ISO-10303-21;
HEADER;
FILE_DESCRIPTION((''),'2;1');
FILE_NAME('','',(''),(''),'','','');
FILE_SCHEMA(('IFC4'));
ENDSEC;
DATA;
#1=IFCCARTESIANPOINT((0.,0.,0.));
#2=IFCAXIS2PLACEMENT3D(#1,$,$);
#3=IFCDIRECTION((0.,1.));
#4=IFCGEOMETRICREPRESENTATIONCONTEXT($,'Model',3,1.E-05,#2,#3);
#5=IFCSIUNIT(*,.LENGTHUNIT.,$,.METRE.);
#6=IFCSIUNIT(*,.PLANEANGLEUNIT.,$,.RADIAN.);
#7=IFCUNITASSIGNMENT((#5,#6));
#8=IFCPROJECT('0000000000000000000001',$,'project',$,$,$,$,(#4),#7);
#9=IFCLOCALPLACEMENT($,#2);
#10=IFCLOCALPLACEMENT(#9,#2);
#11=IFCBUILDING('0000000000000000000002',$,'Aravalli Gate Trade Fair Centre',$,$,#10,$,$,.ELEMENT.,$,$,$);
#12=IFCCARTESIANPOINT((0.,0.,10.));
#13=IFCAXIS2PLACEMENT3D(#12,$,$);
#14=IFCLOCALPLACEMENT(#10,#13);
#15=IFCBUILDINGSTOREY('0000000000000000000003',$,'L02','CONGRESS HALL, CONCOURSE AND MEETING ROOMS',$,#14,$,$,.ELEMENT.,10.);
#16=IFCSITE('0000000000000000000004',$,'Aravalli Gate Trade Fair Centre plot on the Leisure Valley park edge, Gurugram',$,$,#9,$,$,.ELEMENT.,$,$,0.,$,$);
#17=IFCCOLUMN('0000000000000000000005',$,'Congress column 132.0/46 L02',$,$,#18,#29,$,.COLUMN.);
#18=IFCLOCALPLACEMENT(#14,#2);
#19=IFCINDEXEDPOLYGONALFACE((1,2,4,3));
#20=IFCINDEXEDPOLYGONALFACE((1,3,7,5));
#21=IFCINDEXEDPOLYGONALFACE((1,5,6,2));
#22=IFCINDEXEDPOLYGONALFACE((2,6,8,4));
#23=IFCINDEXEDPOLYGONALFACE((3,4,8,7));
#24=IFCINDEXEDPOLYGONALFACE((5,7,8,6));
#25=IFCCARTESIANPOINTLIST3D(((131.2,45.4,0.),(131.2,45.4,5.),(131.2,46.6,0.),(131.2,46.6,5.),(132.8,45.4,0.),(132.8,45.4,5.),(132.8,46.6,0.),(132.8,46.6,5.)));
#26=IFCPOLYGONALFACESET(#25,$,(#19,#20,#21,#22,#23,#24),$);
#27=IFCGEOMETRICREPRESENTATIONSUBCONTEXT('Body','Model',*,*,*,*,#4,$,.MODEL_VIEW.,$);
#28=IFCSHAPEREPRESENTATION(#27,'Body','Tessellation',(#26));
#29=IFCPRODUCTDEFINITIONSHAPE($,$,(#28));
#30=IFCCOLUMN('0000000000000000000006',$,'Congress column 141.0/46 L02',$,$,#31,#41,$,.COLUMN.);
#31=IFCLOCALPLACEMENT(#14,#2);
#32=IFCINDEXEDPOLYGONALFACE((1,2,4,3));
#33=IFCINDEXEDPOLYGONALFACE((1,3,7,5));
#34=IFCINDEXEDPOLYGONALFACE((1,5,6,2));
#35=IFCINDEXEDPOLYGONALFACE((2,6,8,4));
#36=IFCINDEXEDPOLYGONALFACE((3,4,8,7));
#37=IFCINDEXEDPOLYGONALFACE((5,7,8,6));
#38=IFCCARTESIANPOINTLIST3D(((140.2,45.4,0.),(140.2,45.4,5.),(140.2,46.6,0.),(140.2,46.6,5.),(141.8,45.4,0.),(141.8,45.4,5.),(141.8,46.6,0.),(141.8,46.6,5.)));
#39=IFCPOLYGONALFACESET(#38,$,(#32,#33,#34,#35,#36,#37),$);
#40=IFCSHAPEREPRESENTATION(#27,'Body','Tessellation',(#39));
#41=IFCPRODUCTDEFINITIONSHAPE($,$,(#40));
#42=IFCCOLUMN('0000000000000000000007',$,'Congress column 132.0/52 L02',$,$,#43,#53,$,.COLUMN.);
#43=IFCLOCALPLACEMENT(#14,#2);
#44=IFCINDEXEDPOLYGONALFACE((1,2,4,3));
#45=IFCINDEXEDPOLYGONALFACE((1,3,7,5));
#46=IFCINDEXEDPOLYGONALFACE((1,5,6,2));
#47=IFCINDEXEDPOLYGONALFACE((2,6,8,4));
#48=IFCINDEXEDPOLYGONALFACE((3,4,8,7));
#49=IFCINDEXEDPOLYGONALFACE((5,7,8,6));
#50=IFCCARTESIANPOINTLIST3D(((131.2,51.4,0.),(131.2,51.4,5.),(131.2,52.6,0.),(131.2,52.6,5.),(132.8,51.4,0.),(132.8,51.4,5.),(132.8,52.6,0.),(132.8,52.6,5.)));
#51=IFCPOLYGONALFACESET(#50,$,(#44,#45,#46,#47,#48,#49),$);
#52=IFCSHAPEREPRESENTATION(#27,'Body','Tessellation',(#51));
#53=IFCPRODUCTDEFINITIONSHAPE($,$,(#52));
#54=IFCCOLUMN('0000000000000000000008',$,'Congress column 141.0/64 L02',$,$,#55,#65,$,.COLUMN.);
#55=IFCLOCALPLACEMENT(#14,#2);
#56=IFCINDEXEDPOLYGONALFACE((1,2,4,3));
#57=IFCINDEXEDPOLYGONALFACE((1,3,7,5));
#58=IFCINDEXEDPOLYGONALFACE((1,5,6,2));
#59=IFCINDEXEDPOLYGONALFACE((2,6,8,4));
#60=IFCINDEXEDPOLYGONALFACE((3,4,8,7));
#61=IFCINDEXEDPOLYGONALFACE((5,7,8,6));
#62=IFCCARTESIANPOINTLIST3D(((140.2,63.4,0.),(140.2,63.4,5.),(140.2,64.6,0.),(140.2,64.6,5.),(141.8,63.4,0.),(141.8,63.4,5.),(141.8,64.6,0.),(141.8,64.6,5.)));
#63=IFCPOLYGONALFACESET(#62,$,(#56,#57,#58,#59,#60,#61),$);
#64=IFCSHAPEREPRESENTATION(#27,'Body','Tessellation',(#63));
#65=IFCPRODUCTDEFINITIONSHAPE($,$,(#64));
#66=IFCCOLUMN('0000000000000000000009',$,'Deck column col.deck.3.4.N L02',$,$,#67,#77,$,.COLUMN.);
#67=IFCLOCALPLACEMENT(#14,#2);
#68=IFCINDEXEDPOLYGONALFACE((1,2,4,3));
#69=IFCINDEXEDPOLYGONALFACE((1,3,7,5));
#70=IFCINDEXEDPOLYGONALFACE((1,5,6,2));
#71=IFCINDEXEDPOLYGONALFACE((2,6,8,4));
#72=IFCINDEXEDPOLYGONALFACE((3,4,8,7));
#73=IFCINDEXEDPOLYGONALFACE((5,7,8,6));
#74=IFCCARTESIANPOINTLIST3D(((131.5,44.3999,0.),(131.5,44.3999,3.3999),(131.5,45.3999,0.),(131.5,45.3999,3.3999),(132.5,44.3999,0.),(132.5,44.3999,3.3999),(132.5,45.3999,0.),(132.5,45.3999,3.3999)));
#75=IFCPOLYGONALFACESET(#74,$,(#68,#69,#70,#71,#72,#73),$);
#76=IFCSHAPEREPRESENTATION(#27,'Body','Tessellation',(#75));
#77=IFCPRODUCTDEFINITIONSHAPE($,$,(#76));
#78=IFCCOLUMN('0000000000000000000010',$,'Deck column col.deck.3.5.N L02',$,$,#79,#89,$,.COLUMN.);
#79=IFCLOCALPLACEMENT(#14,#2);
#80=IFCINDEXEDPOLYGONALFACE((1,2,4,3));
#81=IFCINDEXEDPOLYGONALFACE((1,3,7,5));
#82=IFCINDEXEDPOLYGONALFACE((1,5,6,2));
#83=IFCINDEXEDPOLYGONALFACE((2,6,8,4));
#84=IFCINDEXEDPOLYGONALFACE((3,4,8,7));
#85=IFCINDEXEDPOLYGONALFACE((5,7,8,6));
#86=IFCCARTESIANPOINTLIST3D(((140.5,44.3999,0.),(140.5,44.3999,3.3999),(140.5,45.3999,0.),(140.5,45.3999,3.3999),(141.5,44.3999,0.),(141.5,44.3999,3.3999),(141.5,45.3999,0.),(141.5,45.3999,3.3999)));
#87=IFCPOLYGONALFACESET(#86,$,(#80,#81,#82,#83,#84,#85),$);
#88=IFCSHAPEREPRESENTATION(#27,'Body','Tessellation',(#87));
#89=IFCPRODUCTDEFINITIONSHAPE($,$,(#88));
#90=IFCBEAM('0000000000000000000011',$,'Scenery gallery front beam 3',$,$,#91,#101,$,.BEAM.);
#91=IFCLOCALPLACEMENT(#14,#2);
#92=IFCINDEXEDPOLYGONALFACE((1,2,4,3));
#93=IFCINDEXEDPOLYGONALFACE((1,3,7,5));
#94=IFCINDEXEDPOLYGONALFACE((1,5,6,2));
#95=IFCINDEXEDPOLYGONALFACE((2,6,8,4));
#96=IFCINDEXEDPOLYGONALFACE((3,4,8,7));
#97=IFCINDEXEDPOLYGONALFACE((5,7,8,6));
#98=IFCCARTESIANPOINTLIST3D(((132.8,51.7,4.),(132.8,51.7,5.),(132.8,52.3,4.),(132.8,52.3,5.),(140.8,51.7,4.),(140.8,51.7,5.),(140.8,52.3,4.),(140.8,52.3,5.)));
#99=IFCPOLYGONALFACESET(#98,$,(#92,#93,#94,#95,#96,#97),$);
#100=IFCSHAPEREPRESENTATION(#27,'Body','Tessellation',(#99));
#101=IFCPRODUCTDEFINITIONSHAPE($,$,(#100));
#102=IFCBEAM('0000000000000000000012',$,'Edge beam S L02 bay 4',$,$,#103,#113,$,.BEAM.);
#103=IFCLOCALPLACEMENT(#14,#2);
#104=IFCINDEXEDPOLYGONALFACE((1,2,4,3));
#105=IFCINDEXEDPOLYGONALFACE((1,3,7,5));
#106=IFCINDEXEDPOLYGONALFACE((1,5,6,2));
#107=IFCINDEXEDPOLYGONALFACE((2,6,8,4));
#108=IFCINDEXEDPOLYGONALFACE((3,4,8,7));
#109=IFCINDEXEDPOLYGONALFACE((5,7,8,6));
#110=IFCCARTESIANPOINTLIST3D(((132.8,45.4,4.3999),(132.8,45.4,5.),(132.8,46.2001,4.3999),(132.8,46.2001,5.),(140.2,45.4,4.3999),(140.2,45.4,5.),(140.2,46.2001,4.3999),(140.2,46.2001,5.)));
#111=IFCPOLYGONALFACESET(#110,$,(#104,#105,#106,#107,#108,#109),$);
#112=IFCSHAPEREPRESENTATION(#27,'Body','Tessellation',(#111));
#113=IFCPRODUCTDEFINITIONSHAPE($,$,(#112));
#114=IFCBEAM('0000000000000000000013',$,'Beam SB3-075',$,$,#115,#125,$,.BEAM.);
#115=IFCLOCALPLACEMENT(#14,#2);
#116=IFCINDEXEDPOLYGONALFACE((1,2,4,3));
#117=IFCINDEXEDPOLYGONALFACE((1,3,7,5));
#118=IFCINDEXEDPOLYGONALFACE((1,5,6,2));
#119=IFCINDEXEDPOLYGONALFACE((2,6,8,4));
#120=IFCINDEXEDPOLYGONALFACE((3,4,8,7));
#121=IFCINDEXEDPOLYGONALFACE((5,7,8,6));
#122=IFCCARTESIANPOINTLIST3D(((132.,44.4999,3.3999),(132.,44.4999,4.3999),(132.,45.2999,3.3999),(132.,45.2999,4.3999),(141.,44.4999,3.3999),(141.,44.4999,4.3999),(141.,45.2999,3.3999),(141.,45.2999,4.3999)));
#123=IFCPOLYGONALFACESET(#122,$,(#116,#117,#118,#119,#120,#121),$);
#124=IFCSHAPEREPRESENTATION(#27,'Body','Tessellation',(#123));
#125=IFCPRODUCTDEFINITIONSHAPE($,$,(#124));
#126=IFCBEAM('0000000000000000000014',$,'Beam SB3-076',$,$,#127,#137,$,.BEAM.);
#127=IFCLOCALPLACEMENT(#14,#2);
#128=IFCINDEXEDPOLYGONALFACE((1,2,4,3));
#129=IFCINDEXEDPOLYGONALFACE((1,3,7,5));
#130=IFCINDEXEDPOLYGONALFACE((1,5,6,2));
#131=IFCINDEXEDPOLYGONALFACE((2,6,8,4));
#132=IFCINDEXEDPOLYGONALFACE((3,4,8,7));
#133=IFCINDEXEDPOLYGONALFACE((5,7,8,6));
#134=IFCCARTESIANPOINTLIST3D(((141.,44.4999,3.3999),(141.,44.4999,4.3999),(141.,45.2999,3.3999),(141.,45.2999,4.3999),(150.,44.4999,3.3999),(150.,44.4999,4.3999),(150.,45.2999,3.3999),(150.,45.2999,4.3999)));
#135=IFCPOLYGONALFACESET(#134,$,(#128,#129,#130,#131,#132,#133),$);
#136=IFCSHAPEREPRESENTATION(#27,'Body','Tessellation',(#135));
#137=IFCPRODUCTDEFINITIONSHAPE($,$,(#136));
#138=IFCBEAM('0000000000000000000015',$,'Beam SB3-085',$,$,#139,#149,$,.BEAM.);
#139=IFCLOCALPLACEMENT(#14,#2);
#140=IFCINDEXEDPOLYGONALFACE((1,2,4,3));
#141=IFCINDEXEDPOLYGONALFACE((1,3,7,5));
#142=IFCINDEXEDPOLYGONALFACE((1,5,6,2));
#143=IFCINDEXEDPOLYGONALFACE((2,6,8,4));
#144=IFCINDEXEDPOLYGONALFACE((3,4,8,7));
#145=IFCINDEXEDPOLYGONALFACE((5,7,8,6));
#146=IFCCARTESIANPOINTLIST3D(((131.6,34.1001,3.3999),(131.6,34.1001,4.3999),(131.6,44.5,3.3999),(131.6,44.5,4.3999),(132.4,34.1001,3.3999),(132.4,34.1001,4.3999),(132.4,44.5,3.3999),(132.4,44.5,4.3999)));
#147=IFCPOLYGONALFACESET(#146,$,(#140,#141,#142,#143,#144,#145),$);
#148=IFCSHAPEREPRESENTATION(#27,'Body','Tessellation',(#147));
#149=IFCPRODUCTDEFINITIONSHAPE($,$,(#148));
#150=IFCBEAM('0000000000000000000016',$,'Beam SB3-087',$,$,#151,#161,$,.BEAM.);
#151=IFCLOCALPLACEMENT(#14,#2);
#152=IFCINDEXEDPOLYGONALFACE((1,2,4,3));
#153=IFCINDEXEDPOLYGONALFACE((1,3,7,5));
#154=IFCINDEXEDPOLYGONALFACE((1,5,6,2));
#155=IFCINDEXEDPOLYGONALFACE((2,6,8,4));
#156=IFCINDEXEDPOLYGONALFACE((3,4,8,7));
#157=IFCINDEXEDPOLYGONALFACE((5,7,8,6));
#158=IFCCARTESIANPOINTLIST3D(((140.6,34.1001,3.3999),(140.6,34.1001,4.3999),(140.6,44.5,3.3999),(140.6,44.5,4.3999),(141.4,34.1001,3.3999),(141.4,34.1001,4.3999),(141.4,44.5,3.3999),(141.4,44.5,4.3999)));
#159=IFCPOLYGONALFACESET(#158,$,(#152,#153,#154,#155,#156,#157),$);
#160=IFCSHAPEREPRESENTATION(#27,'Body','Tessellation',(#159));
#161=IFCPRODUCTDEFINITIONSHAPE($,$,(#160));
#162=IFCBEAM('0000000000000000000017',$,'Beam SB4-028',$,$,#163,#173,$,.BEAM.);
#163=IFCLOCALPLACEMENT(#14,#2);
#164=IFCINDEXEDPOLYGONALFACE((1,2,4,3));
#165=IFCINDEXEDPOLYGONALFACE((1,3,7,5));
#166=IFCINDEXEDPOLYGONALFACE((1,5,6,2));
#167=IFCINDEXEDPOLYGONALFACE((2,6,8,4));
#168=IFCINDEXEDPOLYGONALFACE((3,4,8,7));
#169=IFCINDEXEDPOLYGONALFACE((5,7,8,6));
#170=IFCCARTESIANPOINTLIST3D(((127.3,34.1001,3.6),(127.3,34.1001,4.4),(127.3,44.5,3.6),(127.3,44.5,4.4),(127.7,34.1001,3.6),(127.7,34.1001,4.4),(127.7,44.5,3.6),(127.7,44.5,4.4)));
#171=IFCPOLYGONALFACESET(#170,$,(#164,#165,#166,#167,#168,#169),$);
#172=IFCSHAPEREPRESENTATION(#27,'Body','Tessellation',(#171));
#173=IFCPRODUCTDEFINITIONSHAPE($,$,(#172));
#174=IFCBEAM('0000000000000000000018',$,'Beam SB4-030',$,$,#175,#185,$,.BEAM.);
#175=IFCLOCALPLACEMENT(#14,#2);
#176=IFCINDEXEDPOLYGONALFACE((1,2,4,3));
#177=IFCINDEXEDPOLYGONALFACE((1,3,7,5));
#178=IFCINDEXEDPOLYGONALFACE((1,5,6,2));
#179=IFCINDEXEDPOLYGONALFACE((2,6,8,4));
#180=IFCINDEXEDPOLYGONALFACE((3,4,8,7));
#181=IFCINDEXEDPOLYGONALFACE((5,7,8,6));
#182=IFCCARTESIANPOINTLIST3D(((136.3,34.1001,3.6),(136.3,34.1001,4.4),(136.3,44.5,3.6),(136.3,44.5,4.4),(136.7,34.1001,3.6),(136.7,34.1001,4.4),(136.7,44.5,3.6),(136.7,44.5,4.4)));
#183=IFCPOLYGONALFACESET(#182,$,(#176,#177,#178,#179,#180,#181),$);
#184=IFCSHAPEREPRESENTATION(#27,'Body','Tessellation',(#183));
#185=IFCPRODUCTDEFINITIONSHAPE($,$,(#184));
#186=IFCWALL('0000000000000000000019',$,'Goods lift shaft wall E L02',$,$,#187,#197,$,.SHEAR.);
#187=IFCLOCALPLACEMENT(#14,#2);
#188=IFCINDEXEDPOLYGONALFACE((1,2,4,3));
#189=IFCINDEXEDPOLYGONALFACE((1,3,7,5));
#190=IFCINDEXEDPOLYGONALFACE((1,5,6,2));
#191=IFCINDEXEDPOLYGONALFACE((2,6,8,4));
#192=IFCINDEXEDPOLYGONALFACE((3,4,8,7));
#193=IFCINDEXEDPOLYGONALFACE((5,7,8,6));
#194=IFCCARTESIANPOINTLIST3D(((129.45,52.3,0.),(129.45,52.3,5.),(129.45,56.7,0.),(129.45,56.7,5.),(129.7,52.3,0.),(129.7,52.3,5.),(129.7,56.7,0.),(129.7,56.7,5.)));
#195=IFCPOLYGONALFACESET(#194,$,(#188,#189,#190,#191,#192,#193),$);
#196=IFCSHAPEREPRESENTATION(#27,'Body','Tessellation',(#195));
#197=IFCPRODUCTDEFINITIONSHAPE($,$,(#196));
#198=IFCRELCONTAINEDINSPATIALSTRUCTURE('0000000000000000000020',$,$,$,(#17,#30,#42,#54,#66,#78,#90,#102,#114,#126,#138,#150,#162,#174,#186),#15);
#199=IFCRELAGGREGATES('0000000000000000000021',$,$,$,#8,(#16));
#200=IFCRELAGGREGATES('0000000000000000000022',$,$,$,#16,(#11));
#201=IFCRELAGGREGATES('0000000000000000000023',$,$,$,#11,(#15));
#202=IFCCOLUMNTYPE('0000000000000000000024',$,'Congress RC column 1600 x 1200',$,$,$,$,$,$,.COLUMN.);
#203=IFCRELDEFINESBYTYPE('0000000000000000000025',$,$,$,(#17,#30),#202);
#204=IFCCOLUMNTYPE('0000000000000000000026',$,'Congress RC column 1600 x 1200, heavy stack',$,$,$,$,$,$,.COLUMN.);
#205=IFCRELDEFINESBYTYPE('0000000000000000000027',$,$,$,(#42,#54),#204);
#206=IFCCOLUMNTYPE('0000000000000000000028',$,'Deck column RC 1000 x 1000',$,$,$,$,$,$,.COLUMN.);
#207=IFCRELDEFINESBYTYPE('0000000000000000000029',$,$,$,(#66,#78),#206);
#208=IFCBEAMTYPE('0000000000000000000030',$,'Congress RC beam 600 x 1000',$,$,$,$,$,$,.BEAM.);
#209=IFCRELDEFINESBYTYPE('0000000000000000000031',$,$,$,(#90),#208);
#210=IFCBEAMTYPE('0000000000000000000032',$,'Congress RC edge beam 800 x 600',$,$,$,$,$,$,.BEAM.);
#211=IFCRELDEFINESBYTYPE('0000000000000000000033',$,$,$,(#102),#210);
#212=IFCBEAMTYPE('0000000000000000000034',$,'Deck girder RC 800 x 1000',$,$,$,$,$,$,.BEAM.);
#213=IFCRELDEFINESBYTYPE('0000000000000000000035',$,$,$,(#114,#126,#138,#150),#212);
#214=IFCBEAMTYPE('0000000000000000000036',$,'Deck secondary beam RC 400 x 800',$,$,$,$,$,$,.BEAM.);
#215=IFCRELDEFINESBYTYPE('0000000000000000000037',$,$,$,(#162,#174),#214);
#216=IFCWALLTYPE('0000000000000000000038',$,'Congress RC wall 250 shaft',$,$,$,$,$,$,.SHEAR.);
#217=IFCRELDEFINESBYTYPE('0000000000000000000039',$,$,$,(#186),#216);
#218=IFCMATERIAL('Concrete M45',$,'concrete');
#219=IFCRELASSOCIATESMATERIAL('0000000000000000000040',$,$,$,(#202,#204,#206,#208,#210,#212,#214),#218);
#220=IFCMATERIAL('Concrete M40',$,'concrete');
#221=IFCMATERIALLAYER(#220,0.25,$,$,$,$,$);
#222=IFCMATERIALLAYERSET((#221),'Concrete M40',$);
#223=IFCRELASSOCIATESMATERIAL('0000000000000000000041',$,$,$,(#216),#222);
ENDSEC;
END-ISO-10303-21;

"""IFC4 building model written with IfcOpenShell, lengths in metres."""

from ifc_helpers import new_model, si_unit, direction, frame, frame_2d, origin, origin_2d, place, context, subcontext, project, spatial, rectangle, extrude, material, layer, layer_set, material_profile, profile_set, type_object, element, save


model = new_model("IFC4")

# Units and contexts
model_context = context("Model", 3, precision=1e-05, world=origin(), true_north=direction((0.0, 1.0)))
body_context = subcontext(model_context, "Body", "Model", "MODEL_VIEW")
ifc_project = project(units=[si_unit("LENGTHUNIT", "METRE"), si_unit("PLANEANGLEUNIT", "RADIAN")], contexts=[model_context])

# Site, building, storey
site_placement = place(None, origin())
site = spatial("IfcSite", under=ifc_project, at=site_placement, Name="Aravalli Gate Trade Fair Centre plot on the Leisure Valley park edge, Gurugram", CompositionType="ELEMENT", RefElevation=0.0)
building_placement = place(site_placement, origin())
building = spatial("IfcBuilding", under=site, at=building_placement, Name="Aravalli Gate Trade Fair Centre", CompositionType="ELEMENT")
storey_placement = place(building_placement, frame((0.0, 0.0, 10.0)))
storey = spatial("IfcBuildingStorey", under=building, at=storey_placement, Name="L02", Description="CONGRESS HALL, CONCOURSE AND MEETING ROOMS", CompositionType="ELEMENT", Elevation=10.0)

# Columns
ifc_material_1 = material(Name="Concrete M45", Category="concrete")
ifc_material_profile_1 = material_profile(ifc_material_1, rectangle(XDim=1.6001, YDim=1.2, at=origin_2d()), Name="RC 1600x1200")
ifc_profile_set_1 = profile_set([ifc_material_profile_1], Name="Concrete M45")
column_type_1 = type_object("IfcColumnType", Name="Congress RC column 1600 x 1200", PredefinedType="COLUMN", material=ifc_profile_set_1)
for number, where, z_axis, x_axis, name in (
    (1, (132.0, 46.0, 0.0), (0.0, 0.0, 1.0), (1.0, 0.0, 0.0), "Congress column 132.0/46 L02"),
    (2, (141.0, 46.0, 0.0), (0.0, 0.0, 1.0), (1.0, 0.0, 0.0), "Congress column 141.0/46 L02"),
):
    element("IfcColumn", number, at=place(storey_placement, frame(where, z_axis=z_axis, x_axis=x_axis)), inside=storey, type_object=column_type_1, Name=name, PredefinedType="COLUMN", context=body_context, shape_type="SweptSolid", body=[
        extrude(rectangle(XDim=1.6001, YDim=1.2, at=origin_2d()), origin(), (0.0, 0.0, 1.0), 5.0),
    ])
ifc_material_profile_2 = material_profile(ifc_material_1, rectangle(XDim=1.6001, YDim=1.2, at=origin_2d()), Name="RC 1600x1200")
ifc_profile_set_2 = profile_set([ifc_material_profile_2], Name="Concrete M45")
column_type_2 = type_object("IfcColumnType", Name="Congress RC column 1600 x 1200, heavy stack", PredefinedType="COLUMN", material=ifc_profile_set_2)
for number, where, z_axis, x_axis, name in (
    (3, (132.0, 52.0, 0.0), (0.0, 0.0, 1.0), (1.0, 0.0, 0.0), "Congress column 132.0/52 L02"),
    (4, (141.0, 64.0, 0.0), (0.0, 0.0, 1.0), (1.0, 0.0, 0.0), "Congress column 141.0/64 L02"),
):
    element("IfcColumn", number, at=place(storey_placement, frame(where, z_axis=z_axis, x_axis=x_axis)), inside=storey, type_object=column_type_2, Name=name, PredefinedType="COLUMN", context=body_context, shape_type="SweptSolid", body=[
        extrude(rectangle(XDim=1.6001, YDim=1.2, at=origin_2d()), origin(), (0.0, 0.0, 1.0), 5.0),
    ])
ifc_material_profile_3 = material_profile(ifc_material_1, rectangle(XDim=1.0, YDim=1.0, at=origin_2d()), Name="Deck column RC 1000 x 1000")
ifc_profile_set_3 = profile_set([ifc_material_profile_3], Name="Concrete M45")
column_type_3 = type_object("IfcColumnType", Name="Deck column RC 1000 x 1000", PredefinedType="COLUMN", material=ifc_profile_set_3)
for number, where, z_axis, x_axis, name in (
    (5, (132.0, 44.8999, 0.0), (0.0, 0.0, 1.0), (1.0, 0.0, 0.0), "Deck column col.deck.3.4.N L02"),
    (6, (141.0, 44.8999, 0.0), (0.0, 0.0, 1.0), (1.0, 0.0, 0.0), "Deck column col.deck.3.5.N L02"),
):
    element("IfcColumn", number, at=place(storey_placement, frame(where, z_axis=z_axis, x_axis=x_axis)), inside=storey, type_object=column_type_3, Name=name, PredefinedType="COLUMN", context=body_context, shape_type="SweptSolid", body=[
        extrude(rectangle(XDim=1.0, YDim=1.0, at=origin_2d()), origin(), (0.0, 0.0, 1.0), 3.3999),
    ])

# Beams
ifc_material_profile_4 = material_profile(ifc_material_1, rectangle(XDim=0.6001, YDim=1.0, at=origin_2d()), Name="RC 600x1000")
ifc_profile_set_4 = profile_set([ifc_material_profile_4], Name="Concrete M45")
beam_type_1 = type_object("IfcBeamType", Name="Congress RC beam 600 x 1000", PredefinedType="BEAM", material=ifc_profile_set_4)
beam_1_placement = place(storey_placement, frame((132.8, 52.0, 4.5), z_axis=(1.0, 0.0, 0.0), x_axis=(0.0, 1.0, 0.0)))
element("IfcBeam", 7, at=beam_1_placement, inside=storey, type_object=beam_type_1, Name="Scenery gallery front beam 3", PredefinedType="BEAM", context=body_context, shape_type="SweptSolid", body=[
    extrude(rectangle(XDim=0.6001, YDim=1.0, at=origin_2d()), origin(), (0.0, 0.0, 1.0), 8.0),
])
ifc_material_profile_5 = material_profile(ifc_material_1, rectangle(XDim=0.8, YDim=0.6001, at=origin_2d()), Name="RC 800x600")
ifc_profile_set_5 = profile_set([ifc_material_profile_5], Name="Concrete M45")
beam_type_2 = type_object("IfcBeamType", Name="Congress RC edge beam 800 x 600", PredefinedType="BEAM", material=ifc_profile_set_5)
beam_2_placement = place(storey_placement, frame((132.8, 45.8, 4.7), z_axis=(1.0, 0.0, 0.0), x_axis=(0.0, 1.0, 0.0)))
element("IfcBeam", 8, at=beam_2_placement, inside=storey, type_object=beam_type_2, Name="Edge beam S L02 bay 4", PredefinedType="BEAM", context=body_context, shape_type="SweptSolid", body=[
    extrude(rectangle(XDim=0.8, YDim=0.6001, at=origin_2d()), origin(), (0.0, 0.0, 1.0), 7.3999),
])
ifc_material_profile_6 = material_profile(ifc_material_1, rectangle(XDim=0.8, YDim=1.0, at=origin_2d()), Name="Deck girder RC 800 x 1000")
ifc_profile_set_6 = profile_set([ifc_material_profile_6], Name="Concrete M45")
beam_type_3 = type_object("IfcBeamType", Name="Deck girder RC 800 x 1000", PredefinedType="BEAM", material=ifc_profile_set_6)
for number, where, z_axis, x_axis, name in (
    (9, (132.0, 44.8999, 3.8999), (1.0, 0.0, 0.0), (0.0, 1.0, 0.0), "Beam SB3-075"),
    (10, (141.0, 44.8999, 3.8999), (1.0, 0.0, 0.0), (0.0, 1.0, 0.0), "Beam SB3-076"),
):
    element("IfcBeam", number, at=place(storey_placement, frame(where, z_axis=z_axis, x_axis=x_axis)), inside=storey, type_object=beam_type_3, Name=name, PredefinedType="BEAM", context=body_context, shape_type="SweptSolid", body=[
        extrude(rectangle(XDim=0.8, YDim=1.0, at=origin_2d()), origin(), (0.0, 0.0, 1.0), 9.0),
    ])
for number, where, z_axis, x_axis, name in (
    (11, (132.0, 34.1001, 3.8999), (0.0, 1.0, 0.0), (-1.0, 0.0, 0.0), "Beam SB3-085"),
    (12, (141.0, 34.1001, 3.8999), (0.0, 1.0, 0.0), (-1.0, 0.0, 0.0), "Beam SB3-087"),
):
    element("IfcBeam", number, at=place(storey_placement, frame(where, z_axis=z_axis, x_axis=x_axis)), inside=storey, type_object=beam_type_3, Name=name, PredefinedType="BEAM", context=body_context, shape_type="SweptSolid", body=[
        extrude(rectangle(XDim=0.8, YDim=1.0, at=origin_2d()), origin(), (0.0, 0.0, 1.0), 10.3999),
    ])
ifc_material_profile_7 = material_profile(ifc_material_1, rectangle(XDim=0.3999, YDim=0.8, at=origin_2d()), Name="Deck secondary beam RC 400 x 800")
ifc_profile_set_7 = profile_set([ifc_material_profile_7], Name="Concrete M45")
beam_type_4 = type_object("IfcBeamType", Name="Deck secondary beam RC 400 x 800", PredefinedType="BEAM", material=ifc_profile_set_7)
for number, where, z_axis, x_axis, name in (
    (13, (127.5, 34.1001, 4.0), (0.0, 1.0, 0.0), (-1.0, 0.0, 0.0), "Beam SB4-028"),
    (14, (136.5, 34.1001, 4.0), (0.0, 1.0, 0.0), (-1.0, 0.0, 0.0), "Beam SB4-030"),
):
    element("IfcBeam", number, at=place(storey_placement, frame(where, z_axis=z_axis, x_axis=x_axis)), inside=storey, type_object=beam_type_4, Name=name, PredefinedType="BEAM", context=body_context, shape_type="SweptSolid", body=[
        extrude(rectangle(XDim=0.3999, YDim=0.8, at=origin_2d()), origin(), (0.0, 0.0, 1.0), 10.3999),
    ])

# Wall
ifc_material_2 = material(Name="Concrete M40", Category="concrete")
ifc_layer_1 = layer(ifc_material_2, 0.25)
ifc_layer_set_1 = layer_set([ifc_layer_1], Name="Concrete M40")
wall_type_1 = type_object("IfcWallType", Name="Congress RC wall 250 shaft", PredefinedType="SHEAR", material=ifc_layer_set_1)
wall_1_placement = place(storey_placement, frame((129.575, 52.3, 0.0), z_axis=(0.0, 0.0, 1.0), x_axis=(0.0, 1.0, 0.0)))
element("IfcWall", 15, at=wall_1_placement, inside=storey, type_object=wall_type_1, Name="Goods lift shaft wall E L02", PredefinedType="SHEAR", context=body_context, shape_type="SweptSolid", body=[
    extrude(rectangle(XDim=4.3999, YDim=0.25, at=frame_2d((2.2, 0.0))), origin(), (0.0, 0.0, 1.0), 5.0),
])

save(model, "model.ifc")
